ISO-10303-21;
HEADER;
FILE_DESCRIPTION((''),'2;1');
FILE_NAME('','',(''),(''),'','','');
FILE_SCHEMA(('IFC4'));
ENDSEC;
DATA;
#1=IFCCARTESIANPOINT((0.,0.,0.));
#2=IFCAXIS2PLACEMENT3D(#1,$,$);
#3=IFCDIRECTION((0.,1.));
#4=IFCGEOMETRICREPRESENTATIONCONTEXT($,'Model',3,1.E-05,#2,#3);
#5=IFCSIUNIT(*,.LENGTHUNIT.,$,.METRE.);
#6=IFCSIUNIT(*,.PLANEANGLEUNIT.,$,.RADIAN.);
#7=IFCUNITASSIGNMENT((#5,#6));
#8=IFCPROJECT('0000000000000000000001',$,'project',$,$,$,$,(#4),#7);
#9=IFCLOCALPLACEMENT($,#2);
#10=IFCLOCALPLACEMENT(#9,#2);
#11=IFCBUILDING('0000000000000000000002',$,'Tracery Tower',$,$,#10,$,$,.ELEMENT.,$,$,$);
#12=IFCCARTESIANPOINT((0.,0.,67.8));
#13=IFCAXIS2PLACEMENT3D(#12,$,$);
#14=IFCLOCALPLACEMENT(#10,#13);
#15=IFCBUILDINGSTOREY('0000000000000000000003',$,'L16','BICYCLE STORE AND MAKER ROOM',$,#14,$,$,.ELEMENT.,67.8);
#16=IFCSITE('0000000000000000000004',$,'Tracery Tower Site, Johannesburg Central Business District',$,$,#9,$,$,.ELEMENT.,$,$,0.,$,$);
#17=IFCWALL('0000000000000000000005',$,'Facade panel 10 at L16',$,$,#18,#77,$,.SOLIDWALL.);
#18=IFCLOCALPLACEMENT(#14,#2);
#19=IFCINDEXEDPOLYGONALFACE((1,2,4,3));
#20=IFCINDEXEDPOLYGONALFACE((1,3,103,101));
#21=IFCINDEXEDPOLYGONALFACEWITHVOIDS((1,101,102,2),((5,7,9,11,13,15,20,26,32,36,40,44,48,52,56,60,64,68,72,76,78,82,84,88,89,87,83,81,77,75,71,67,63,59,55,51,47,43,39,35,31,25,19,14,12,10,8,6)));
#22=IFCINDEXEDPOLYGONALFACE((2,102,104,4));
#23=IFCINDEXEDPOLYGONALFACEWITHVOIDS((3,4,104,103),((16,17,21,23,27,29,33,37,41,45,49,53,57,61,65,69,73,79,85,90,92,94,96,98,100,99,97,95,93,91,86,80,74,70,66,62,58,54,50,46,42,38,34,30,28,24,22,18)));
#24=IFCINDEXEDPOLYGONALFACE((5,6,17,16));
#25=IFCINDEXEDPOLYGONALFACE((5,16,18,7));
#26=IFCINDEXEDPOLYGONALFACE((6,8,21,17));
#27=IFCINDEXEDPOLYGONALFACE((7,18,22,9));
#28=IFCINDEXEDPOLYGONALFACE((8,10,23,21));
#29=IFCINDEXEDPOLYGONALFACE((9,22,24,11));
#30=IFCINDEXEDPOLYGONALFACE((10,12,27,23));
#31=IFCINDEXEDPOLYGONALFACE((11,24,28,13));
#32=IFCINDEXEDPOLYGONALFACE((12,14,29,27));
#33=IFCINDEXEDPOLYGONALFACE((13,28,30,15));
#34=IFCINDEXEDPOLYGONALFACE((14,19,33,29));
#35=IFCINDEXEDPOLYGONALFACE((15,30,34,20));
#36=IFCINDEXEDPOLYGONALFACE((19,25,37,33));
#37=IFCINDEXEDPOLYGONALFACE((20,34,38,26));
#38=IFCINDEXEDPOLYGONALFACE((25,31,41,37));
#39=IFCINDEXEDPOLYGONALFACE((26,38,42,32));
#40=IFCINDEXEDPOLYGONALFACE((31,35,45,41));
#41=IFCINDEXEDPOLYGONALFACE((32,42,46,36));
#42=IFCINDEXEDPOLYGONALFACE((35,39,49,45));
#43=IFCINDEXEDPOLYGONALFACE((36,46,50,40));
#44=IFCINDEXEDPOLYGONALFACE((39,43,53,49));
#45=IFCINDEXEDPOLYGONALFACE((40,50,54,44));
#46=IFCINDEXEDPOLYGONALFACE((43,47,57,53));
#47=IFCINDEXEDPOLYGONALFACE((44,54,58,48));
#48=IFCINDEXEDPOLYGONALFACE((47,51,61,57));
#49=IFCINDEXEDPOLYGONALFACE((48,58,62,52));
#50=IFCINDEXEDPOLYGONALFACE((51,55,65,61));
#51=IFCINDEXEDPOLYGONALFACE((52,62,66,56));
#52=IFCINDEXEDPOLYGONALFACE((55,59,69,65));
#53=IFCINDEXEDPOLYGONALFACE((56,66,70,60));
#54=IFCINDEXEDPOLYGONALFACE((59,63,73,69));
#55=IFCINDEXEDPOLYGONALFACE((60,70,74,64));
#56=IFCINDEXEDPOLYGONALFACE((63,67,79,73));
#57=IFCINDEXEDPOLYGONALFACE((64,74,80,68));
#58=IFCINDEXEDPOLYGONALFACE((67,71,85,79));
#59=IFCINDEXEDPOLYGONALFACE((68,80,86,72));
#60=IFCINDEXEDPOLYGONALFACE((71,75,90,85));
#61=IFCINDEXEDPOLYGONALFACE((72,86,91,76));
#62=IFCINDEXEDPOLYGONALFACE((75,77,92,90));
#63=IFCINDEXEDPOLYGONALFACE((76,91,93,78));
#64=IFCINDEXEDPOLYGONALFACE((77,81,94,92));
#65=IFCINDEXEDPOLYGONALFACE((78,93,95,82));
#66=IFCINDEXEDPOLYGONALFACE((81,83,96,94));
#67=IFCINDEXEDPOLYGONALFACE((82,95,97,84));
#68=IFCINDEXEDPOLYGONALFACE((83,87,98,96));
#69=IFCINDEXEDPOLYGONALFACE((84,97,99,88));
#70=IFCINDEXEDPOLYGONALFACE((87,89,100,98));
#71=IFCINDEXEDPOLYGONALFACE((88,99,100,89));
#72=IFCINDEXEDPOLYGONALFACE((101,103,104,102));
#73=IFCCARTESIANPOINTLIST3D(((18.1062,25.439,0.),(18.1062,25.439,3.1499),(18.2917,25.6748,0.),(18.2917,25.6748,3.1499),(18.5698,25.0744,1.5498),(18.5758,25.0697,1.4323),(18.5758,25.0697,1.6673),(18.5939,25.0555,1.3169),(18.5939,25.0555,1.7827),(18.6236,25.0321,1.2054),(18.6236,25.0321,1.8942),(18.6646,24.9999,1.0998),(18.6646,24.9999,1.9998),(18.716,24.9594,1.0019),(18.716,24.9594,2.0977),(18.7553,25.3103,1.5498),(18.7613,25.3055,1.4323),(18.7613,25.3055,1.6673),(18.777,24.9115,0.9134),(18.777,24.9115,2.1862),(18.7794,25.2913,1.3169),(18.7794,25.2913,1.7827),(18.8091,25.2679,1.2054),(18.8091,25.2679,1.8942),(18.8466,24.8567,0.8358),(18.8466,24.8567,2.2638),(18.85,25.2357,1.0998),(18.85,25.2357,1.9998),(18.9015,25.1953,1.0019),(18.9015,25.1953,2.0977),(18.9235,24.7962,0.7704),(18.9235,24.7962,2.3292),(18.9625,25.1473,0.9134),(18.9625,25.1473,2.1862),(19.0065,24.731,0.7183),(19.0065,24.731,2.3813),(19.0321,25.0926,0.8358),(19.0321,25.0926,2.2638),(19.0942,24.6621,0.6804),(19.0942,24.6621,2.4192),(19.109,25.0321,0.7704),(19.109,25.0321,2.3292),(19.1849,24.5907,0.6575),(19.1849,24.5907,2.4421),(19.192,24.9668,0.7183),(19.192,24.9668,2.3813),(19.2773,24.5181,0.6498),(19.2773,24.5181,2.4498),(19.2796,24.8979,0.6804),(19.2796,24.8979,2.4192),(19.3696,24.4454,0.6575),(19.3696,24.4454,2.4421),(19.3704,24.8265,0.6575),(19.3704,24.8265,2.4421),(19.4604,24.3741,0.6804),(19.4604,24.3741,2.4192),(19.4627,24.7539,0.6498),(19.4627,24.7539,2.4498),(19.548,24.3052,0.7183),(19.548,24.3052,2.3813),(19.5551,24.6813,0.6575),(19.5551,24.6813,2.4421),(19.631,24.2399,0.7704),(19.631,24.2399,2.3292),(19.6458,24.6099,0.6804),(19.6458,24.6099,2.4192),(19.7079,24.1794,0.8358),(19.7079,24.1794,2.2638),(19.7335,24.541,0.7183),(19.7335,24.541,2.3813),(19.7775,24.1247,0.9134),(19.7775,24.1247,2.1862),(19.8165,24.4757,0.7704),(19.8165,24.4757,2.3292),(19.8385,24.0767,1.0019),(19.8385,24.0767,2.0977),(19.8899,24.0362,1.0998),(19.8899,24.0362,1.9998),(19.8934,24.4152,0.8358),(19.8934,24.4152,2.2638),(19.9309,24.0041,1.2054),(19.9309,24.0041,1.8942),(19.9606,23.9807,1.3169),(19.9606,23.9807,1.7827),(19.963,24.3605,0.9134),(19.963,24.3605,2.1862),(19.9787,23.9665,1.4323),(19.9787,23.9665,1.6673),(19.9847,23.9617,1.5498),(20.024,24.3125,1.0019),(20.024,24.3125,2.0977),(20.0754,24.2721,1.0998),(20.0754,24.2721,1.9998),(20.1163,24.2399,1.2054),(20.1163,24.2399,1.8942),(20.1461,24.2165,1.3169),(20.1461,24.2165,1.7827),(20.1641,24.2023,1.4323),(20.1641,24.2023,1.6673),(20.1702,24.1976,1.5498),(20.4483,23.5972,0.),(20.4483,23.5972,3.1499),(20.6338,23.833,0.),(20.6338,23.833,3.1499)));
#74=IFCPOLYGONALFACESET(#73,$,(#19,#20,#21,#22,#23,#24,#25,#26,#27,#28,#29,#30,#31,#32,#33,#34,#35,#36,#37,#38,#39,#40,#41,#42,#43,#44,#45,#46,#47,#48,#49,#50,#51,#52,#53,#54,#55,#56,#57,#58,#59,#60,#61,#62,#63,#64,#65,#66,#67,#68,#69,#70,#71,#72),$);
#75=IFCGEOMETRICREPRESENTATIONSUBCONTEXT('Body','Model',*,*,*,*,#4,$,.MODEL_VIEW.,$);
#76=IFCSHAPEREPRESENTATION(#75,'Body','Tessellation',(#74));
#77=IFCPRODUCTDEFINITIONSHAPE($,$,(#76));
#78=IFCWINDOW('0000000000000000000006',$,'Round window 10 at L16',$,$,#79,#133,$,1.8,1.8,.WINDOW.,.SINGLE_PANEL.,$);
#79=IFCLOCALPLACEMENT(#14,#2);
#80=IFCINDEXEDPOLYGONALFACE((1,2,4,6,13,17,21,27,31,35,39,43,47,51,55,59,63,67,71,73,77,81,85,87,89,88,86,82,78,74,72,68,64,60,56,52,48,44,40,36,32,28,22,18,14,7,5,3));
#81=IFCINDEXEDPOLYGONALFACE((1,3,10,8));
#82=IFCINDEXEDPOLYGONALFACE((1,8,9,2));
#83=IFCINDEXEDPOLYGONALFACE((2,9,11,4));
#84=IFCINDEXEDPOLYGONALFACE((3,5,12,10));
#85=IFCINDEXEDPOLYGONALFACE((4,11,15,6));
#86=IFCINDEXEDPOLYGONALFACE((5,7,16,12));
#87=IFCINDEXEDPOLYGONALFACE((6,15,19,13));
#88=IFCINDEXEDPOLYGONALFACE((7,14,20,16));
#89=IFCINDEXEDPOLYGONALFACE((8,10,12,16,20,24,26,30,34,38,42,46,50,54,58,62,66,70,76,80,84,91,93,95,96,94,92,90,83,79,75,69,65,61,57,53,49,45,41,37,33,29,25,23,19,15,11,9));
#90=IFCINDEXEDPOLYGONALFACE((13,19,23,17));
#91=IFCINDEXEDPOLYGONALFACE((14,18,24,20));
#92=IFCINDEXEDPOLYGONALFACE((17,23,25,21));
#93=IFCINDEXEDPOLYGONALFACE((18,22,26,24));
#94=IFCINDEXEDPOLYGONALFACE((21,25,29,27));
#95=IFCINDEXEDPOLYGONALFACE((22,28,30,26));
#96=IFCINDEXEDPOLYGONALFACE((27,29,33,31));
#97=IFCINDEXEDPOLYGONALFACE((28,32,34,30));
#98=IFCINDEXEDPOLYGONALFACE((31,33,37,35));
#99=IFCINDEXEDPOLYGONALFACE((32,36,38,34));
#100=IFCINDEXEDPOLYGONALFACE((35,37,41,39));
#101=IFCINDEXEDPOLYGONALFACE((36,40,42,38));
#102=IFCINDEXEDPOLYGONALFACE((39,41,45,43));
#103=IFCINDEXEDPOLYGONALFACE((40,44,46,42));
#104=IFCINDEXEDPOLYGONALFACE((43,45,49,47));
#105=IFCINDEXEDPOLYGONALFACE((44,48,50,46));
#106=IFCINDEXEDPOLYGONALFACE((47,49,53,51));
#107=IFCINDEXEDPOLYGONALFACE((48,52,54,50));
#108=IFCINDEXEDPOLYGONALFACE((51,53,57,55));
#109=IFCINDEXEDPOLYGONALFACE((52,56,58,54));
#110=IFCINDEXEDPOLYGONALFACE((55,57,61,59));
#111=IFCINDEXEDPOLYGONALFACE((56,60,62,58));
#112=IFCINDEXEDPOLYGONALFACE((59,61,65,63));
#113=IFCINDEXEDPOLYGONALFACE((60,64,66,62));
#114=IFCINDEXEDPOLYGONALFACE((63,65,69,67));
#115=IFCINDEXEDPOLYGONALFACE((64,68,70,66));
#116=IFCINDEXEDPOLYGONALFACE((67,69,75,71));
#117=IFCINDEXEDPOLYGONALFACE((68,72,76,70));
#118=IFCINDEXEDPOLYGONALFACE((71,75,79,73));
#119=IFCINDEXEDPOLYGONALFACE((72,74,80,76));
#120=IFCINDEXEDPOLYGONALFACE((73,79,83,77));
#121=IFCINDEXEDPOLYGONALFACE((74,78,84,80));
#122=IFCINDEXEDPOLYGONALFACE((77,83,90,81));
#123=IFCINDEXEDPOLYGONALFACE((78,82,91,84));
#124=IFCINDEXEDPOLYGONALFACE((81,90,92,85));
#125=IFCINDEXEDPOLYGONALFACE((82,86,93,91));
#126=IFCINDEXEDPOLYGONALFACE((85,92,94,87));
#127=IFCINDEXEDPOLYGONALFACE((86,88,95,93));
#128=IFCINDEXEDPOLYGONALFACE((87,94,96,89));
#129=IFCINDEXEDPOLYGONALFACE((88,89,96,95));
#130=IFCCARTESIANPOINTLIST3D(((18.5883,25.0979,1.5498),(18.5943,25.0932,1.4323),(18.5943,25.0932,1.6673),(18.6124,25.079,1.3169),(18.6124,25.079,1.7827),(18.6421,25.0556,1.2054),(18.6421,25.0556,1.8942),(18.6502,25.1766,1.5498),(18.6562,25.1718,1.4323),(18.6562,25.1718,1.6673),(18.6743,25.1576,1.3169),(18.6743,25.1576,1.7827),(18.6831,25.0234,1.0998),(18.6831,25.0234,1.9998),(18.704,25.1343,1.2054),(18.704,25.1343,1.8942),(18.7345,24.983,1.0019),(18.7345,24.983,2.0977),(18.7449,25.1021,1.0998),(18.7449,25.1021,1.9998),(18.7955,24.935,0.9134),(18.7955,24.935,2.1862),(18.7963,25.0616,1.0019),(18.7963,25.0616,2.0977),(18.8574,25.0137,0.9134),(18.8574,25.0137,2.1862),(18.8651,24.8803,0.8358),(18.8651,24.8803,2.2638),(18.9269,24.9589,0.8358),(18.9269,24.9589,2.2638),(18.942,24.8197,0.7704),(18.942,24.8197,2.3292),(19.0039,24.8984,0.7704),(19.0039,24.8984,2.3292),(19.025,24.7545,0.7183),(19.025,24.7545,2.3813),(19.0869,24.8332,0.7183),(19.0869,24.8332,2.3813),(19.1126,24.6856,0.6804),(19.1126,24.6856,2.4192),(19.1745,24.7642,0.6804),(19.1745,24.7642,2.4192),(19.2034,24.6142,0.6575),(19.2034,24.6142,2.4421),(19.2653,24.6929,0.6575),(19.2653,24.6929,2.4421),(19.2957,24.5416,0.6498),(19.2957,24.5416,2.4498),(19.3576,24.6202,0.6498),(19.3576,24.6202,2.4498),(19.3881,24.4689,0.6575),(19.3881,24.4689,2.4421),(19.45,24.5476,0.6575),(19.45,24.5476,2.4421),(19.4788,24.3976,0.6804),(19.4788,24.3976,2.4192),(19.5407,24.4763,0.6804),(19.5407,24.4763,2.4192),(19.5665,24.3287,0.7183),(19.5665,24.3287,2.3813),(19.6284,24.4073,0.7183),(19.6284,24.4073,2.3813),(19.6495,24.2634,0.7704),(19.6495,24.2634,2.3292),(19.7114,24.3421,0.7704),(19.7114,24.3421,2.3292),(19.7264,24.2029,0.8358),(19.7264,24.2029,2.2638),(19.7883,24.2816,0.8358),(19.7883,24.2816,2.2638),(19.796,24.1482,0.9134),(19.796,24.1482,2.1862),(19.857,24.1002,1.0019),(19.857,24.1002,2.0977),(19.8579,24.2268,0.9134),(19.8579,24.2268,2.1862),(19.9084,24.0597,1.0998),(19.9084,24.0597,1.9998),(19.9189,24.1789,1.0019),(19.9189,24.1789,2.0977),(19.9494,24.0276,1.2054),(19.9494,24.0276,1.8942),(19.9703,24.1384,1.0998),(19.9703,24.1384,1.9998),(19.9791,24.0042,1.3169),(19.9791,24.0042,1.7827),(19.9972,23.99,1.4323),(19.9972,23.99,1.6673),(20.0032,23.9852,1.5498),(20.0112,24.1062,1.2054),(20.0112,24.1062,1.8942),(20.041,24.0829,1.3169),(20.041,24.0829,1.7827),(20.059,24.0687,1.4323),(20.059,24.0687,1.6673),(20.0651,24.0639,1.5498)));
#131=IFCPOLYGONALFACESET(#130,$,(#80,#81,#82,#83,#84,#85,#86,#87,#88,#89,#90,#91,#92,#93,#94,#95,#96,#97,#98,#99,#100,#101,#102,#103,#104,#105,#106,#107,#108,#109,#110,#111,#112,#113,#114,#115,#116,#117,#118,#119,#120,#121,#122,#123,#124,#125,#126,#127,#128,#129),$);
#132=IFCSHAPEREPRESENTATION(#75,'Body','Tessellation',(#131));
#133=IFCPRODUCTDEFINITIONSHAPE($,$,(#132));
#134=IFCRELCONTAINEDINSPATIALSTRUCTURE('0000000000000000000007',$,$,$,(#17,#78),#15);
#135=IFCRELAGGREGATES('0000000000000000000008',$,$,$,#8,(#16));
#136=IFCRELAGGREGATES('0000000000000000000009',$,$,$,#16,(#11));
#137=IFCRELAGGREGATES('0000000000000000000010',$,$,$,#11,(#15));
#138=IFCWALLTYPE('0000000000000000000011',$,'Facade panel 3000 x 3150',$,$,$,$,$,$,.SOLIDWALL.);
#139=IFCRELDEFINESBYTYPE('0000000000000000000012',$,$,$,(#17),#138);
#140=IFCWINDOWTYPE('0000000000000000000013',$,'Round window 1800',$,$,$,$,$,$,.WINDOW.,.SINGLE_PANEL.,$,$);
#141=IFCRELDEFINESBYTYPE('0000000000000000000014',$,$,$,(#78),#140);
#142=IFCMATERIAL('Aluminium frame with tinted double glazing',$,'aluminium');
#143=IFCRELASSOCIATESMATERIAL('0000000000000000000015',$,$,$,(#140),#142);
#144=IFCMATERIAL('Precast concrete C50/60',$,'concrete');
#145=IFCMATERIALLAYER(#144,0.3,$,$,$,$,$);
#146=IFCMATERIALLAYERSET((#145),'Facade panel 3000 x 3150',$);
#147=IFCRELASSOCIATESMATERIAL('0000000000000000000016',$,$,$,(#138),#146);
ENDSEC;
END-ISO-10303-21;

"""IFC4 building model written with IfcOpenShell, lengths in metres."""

from ifc_helpers import new_model, si_unit, direction, frame, frame_2d, origin, origin_2d, place, context, subcontext, project, spatial, rectangle, circle, extrude, material, layer, layer_set, type_object, element, fill, save


model = new_model("IFC4")

# Units and contexts
model_context = context("Model", 3, precision=1e-05, world=origin(), true_north=direction((0.0, 1.0)))
body_context = subcontext(model_context, "Body", "Model", "MODEL_VIEW")
ifc_project = project(units=[si_unit("LENGTHUNIT", "METRE"), si_unit("PLANEANGLEUNIT", "RADIAN")], contexts=[model_context])

# Site, building, storey
site_placement = place(None, origin())
site = spatial("IfcSite", under=ifc_project, at=site_placement, Name="Tracery Tower Site, Johannesburg Central Business District", CompositionType="ELEMENT", RefElevation=0.0)
building_placement = place(site_placement, origin())
building = spatial("IfcBuilding", under=site, at=building_placement, Name="Tracery Tower", CompositionType="ELEMENT")
storey_placement = place(building_placement, frame((0.0, 0.0, 67.8)))
storey = spatial("IfcBuildingStorey", under=building, at=storey_placement, Name="L16", Description="BICYCLE STORE AND MAKER ROOM", CompositionType="ELEMENT", Elevation=67.8)

# Wall, opening, window
ifc_material_1 = material(Name="Aluminium frame with tinted double glazing", Category="aluminium")
window_type = type_object("IfcWindowType", Name="Round window 1800", PartitioningType="SINGLE_PANEL", PredefinedType="WINDOW", material=ifc_material_1)
ifc_material_2 = material(Name="Precast concrete C50/60", Category="concrete")
ifc_layer_1 = layer(ifc_material_2, 0.3)
ifc_layer_set_1 = layer_set([ifc_layer_1], Name="Facade panel 3000 x 3150")
wall_type_1 = type_object("IfcWallType", Name="Facade panel 3000 x 3150", PredefinedType="SOLIDWALL", material=ifc_layer_set_1)
wall_1_placement = place(storey_placement, frame((20.541, 23.7151, 0.0), z_axis=(0.0, 0.0, 1.0), x_axis=(-0.786054, 0.618158, 0.0)))
wall_1 = element("IfcWall", 1, at=wall_1_placement, inside=storey, type_object=wall_type_1, Name="Facade panel 10 at L16", PredefinedType="SOLIDWALL", context=body_context, shape_type="SweptSolid", body=[
    extrude(rectangle(XDim=2.9795, YDim=0.3, at=frame_2d((1.4897, 0.0))), origin(), (0.0, 0.0, 1.0), 3.1499),
])
opening_1_placement = place(wall_1_placement, frame((1.4897, 0.0, 1.5498)))
opening_1 = element("IfcOpeningElement", 2, at=opening_1_placement, cuts=wall_1, PredefinedType="OPENING", context=body_context, shape_type="SweptSolid", body=[
    extrude(circle(Radius=0.9, at=origin_2d()), frame((0.0, 0.1599, 0.0), z_axis=(0.0, -1.0, 0.0), x_axis=(1.0, 0.0, 0.0)), (0.0, 0.0, 1.0), 0.3201),
])
window_1_placement = place(opening_1_placement, origin())
window_1 = element("IfcWindow", 3, at=window_1_placement, inside=storey, type_object=window_type, Name="Round window 10 at L16", OverallHeight=1.8, OverallWidth=1.8, PartitioningType="SINGLE_PANEL", PredefinedType="WINDOW", context=body_context, shape_type="SweptSolid", body=[
    extrude(circle(Radius=0.9, at=origin_2d()), frame((0.0, 0.1201, 0.0), z_axis=(0.0, -1.0, 0.0), x_axis=(1.0, 0.0, 0.0)), (0.0, 0.0, 1.0), 0.1001),
])
fill(opening_1, window_1)

save(model, "model.ifc")
